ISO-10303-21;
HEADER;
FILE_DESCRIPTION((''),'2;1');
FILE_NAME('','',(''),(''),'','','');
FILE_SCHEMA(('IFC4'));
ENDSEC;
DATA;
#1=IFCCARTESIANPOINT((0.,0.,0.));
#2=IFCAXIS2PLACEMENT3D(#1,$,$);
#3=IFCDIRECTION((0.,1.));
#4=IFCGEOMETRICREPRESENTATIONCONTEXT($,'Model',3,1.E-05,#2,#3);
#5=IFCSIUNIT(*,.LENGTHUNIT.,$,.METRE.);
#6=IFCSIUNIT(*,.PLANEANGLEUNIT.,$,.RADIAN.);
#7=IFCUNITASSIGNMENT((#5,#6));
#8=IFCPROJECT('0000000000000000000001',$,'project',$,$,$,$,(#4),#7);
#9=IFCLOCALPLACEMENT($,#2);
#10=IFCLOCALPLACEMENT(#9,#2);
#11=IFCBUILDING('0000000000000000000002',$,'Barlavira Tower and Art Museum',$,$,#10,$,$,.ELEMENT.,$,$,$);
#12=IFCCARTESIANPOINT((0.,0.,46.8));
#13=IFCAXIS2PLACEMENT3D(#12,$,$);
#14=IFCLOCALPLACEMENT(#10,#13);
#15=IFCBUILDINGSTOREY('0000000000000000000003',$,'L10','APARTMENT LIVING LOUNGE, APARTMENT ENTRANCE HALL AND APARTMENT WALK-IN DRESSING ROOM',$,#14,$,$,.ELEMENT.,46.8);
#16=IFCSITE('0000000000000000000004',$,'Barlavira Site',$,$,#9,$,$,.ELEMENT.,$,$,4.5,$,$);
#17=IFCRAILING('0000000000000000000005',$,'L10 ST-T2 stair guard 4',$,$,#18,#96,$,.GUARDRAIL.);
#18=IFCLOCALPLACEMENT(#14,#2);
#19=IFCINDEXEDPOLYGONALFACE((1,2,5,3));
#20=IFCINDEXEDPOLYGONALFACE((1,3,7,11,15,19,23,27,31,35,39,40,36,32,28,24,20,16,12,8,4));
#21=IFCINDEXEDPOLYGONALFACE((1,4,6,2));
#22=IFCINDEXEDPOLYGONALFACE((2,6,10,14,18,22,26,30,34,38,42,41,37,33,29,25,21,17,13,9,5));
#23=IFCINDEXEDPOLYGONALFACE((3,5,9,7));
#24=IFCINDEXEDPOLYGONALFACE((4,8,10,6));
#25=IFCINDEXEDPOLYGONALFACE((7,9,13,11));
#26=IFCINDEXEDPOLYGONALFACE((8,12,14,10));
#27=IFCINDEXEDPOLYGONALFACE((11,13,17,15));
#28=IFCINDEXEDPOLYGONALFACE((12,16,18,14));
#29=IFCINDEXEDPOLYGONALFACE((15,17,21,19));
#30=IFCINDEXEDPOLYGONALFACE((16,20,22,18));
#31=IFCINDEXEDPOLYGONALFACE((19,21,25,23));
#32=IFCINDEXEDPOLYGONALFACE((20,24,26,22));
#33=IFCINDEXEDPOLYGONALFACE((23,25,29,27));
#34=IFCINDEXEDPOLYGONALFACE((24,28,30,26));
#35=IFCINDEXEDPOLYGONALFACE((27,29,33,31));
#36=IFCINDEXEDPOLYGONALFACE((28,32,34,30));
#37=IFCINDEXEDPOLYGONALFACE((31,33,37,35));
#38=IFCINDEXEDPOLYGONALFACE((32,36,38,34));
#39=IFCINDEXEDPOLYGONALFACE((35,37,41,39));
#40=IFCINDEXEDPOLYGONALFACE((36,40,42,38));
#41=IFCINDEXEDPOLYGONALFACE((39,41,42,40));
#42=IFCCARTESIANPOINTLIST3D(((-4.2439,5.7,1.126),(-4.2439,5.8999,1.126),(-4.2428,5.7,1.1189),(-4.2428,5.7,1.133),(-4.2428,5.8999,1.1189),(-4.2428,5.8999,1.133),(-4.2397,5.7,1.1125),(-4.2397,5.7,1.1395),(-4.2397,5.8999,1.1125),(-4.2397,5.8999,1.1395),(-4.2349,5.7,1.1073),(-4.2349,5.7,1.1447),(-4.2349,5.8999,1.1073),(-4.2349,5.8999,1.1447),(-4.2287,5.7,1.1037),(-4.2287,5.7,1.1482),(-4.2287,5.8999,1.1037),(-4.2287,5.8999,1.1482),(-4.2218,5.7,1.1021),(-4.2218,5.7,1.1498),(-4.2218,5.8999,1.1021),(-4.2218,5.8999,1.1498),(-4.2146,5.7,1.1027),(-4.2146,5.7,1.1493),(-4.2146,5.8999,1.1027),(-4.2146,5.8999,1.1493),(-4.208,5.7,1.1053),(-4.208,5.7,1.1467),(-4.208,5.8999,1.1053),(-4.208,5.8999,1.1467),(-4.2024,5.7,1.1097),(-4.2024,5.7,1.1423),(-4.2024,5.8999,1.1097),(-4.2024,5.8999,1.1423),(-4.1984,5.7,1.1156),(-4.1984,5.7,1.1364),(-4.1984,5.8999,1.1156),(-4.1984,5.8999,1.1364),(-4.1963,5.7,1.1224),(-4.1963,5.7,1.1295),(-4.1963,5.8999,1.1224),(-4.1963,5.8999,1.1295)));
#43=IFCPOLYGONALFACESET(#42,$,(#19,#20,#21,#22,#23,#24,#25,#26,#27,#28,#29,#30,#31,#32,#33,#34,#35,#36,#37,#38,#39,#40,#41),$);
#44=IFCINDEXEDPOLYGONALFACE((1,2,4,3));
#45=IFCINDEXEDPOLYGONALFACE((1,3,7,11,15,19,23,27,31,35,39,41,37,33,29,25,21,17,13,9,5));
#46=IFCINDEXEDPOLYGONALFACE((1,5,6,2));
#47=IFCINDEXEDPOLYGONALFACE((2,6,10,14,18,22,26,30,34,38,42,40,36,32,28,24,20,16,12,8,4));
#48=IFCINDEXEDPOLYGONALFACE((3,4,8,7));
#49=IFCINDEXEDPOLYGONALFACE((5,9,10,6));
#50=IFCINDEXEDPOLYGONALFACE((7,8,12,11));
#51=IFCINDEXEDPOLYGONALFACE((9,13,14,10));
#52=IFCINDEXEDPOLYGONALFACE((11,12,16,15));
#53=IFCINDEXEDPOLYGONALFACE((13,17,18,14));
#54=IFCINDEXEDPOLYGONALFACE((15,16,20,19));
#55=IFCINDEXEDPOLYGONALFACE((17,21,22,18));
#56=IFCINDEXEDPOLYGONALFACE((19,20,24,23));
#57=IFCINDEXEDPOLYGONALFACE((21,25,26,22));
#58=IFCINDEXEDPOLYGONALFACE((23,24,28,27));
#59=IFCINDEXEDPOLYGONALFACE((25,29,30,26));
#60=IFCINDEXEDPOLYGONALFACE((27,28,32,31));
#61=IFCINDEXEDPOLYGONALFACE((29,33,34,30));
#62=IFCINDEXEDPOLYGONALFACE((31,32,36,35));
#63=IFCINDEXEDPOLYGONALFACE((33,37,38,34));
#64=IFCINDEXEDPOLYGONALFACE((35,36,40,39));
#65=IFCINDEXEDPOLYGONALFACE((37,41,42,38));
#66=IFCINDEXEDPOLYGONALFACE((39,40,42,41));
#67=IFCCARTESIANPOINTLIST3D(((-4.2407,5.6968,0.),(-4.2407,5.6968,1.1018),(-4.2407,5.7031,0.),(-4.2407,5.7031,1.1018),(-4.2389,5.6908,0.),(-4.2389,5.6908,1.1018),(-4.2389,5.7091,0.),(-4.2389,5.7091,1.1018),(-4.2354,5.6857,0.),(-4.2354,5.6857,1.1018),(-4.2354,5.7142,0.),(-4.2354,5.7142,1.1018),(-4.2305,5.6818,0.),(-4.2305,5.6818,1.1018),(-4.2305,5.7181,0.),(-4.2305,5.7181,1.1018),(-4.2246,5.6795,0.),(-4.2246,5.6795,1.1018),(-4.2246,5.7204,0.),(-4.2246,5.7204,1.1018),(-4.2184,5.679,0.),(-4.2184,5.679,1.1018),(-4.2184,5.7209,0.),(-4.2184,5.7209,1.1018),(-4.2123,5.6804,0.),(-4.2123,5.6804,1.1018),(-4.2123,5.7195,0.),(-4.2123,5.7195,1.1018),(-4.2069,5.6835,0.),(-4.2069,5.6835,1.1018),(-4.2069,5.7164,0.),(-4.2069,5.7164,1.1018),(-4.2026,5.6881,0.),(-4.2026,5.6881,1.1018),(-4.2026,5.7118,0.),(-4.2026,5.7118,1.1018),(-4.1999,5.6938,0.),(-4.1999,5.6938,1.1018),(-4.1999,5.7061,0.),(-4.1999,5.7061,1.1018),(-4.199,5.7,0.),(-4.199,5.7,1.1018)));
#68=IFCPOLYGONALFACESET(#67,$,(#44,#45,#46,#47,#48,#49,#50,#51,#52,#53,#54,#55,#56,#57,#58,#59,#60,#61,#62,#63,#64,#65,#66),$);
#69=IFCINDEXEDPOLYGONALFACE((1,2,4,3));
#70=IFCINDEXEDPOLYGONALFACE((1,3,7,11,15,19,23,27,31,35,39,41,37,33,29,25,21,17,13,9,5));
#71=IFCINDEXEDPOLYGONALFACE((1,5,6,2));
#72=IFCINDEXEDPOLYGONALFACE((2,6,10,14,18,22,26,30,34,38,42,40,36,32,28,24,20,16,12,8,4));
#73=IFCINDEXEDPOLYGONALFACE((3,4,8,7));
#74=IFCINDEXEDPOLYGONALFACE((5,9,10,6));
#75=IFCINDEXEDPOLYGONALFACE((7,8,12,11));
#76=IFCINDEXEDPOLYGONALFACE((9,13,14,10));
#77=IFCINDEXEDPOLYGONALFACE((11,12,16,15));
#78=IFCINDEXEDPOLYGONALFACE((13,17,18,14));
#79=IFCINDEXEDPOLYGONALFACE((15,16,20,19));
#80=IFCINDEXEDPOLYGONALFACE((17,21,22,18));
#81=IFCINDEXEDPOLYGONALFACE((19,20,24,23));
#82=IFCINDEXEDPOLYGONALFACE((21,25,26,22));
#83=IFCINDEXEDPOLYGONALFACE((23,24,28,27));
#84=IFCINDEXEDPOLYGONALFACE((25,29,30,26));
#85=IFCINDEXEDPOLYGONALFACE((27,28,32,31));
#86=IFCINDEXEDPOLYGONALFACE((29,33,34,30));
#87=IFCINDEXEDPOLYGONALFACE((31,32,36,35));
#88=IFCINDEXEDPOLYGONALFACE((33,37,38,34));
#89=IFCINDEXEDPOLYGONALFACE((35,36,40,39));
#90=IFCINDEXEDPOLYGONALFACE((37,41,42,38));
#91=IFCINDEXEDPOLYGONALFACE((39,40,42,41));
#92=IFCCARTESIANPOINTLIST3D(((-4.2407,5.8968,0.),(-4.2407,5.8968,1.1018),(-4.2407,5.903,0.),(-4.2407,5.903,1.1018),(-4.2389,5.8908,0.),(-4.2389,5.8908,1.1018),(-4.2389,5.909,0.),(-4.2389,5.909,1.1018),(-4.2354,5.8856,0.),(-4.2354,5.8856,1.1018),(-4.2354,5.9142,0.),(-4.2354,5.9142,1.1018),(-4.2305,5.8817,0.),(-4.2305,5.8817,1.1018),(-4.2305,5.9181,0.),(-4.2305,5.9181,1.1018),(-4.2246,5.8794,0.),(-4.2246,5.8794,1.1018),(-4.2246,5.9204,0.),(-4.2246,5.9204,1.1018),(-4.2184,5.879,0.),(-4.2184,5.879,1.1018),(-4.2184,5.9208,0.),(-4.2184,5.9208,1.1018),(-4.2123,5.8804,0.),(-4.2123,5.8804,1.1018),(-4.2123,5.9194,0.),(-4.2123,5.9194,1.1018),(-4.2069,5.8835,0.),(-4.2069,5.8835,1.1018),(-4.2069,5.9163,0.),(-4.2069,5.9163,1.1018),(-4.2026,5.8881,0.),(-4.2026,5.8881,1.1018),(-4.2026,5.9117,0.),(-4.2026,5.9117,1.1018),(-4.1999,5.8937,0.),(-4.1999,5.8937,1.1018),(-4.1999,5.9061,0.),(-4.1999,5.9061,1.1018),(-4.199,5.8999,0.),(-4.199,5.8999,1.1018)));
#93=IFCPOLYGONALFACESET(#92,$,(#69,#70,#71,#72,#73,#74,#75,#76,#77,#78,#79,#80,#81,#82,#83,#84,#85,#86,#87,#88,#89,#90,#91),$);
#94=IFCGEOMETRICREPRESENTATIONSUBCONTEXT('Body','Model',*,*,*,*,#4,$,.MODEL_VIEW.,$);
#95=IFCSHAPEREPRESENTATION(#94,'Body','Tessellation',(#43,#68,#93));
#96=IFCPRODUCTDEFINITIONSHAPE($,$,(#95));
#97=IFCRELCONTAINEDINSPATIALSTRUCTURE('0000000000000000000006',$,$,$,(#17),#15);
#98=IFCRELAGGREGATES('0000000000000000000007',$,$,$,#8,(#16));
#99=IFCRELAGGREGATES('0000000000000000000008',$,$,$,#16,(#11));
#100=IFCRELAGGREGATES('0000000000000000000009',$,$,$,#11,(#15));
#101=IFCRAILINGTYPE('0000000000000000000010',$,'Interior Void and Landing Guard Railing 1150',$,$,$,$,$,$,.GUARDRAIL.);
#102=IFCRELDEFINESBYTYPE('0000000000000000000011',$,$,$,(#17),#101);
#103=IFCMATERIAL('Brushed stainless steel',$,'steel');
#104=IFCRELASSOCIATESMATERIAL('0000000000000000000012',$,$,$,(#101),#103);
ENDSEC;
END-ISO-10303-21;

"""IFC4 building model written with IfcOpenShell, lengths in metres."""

from ifc_helpers import new_model, si_unit, direction, frame, origin, origin_2d, place, context, subcontext, project, spatial, circle, extrude, material, type_object, element, save


model = new_model("IFC4")

# Units and contexts
model_context = context("Model", 3, precision=1e-05, world=origin(), true_north=direction((0.0, 1.0)))
body_context = subcontext(model_context, "Body", "Model", "MODEL_VIEW")
ifc_project = project(units=[si_unit("LENGTHUNIT", "METRE"), si_unit("PLANEANGLEUNIT", "RADIAN")], contexts=[model_context])

# Site, building, storey
site_placement = place(None, origin())
site = spatial("IfcSite", under=ifc_project, at=site_placement, Name="Barlavira Site", CompositionType="ELEMENT", RefElevation=4.5)
building_placement = place(site_placement, origin())
building = spatial("IfcBuilding", under=site, at=building_placement, Name="Barlavira Tower and Art Museum", CompositionType="ELEMENT")
storey_placement = place(building_placement, frame((0.0, 0.0, 46.8)))
storey = spatial("IfcBuildingStorey", under=building, at=storey_placement, Name="L10", Description="APARTMENT LIVING LOUNGE, APARTMENT ENTRANCE HALL AND APARTMENT WALK-IN DRESSING ROOM", CompositionType="ELEMENT", Elevation=46.8)

# Shared definitions
ifc_material_1 = material(Name="Brushed stainless steel", Category="steel")

# Railing
railing_type_1 = type_object("IfcRailingType", Name="Interior Void and Landing Guard Railing 1150", PredefinedType="GUARDRAIL", material=ifc_material_1)
railing_1_placement = place(storey_placement, frame((-4.22, 5.7, 0.0)))
element("IfcRailing", 1, at=railing_1_placement, inside=storey, type_object=railing_type_1, Name="L10 ST-T2 stair guard 4", PredefinedType="GUARDRAIL", context=body_context, shape_type="SweptSolid", body=[
    extrude(circle(Radius=0.0239, at=origin_2d()), frame((0.0, 0.0, 1.126), z_axis=(0.0, 1.0, 0.0), x_axis=(-1.0, 0.0, 0.0)), (0.0, 0.0, 1.0), 0.2),
    extrude(circle(Radius=0.021, at=origin_2d()), origin(), (0.0, 0.0, 1.0), 1.1018),
    extrude(circle(Radius=0.021, at=origin_2d()), frame((0.0, 0.2, 0.0)), (0.0, 0.0, 1.0), 1.1018),
])

save(model, "model.ifc")
